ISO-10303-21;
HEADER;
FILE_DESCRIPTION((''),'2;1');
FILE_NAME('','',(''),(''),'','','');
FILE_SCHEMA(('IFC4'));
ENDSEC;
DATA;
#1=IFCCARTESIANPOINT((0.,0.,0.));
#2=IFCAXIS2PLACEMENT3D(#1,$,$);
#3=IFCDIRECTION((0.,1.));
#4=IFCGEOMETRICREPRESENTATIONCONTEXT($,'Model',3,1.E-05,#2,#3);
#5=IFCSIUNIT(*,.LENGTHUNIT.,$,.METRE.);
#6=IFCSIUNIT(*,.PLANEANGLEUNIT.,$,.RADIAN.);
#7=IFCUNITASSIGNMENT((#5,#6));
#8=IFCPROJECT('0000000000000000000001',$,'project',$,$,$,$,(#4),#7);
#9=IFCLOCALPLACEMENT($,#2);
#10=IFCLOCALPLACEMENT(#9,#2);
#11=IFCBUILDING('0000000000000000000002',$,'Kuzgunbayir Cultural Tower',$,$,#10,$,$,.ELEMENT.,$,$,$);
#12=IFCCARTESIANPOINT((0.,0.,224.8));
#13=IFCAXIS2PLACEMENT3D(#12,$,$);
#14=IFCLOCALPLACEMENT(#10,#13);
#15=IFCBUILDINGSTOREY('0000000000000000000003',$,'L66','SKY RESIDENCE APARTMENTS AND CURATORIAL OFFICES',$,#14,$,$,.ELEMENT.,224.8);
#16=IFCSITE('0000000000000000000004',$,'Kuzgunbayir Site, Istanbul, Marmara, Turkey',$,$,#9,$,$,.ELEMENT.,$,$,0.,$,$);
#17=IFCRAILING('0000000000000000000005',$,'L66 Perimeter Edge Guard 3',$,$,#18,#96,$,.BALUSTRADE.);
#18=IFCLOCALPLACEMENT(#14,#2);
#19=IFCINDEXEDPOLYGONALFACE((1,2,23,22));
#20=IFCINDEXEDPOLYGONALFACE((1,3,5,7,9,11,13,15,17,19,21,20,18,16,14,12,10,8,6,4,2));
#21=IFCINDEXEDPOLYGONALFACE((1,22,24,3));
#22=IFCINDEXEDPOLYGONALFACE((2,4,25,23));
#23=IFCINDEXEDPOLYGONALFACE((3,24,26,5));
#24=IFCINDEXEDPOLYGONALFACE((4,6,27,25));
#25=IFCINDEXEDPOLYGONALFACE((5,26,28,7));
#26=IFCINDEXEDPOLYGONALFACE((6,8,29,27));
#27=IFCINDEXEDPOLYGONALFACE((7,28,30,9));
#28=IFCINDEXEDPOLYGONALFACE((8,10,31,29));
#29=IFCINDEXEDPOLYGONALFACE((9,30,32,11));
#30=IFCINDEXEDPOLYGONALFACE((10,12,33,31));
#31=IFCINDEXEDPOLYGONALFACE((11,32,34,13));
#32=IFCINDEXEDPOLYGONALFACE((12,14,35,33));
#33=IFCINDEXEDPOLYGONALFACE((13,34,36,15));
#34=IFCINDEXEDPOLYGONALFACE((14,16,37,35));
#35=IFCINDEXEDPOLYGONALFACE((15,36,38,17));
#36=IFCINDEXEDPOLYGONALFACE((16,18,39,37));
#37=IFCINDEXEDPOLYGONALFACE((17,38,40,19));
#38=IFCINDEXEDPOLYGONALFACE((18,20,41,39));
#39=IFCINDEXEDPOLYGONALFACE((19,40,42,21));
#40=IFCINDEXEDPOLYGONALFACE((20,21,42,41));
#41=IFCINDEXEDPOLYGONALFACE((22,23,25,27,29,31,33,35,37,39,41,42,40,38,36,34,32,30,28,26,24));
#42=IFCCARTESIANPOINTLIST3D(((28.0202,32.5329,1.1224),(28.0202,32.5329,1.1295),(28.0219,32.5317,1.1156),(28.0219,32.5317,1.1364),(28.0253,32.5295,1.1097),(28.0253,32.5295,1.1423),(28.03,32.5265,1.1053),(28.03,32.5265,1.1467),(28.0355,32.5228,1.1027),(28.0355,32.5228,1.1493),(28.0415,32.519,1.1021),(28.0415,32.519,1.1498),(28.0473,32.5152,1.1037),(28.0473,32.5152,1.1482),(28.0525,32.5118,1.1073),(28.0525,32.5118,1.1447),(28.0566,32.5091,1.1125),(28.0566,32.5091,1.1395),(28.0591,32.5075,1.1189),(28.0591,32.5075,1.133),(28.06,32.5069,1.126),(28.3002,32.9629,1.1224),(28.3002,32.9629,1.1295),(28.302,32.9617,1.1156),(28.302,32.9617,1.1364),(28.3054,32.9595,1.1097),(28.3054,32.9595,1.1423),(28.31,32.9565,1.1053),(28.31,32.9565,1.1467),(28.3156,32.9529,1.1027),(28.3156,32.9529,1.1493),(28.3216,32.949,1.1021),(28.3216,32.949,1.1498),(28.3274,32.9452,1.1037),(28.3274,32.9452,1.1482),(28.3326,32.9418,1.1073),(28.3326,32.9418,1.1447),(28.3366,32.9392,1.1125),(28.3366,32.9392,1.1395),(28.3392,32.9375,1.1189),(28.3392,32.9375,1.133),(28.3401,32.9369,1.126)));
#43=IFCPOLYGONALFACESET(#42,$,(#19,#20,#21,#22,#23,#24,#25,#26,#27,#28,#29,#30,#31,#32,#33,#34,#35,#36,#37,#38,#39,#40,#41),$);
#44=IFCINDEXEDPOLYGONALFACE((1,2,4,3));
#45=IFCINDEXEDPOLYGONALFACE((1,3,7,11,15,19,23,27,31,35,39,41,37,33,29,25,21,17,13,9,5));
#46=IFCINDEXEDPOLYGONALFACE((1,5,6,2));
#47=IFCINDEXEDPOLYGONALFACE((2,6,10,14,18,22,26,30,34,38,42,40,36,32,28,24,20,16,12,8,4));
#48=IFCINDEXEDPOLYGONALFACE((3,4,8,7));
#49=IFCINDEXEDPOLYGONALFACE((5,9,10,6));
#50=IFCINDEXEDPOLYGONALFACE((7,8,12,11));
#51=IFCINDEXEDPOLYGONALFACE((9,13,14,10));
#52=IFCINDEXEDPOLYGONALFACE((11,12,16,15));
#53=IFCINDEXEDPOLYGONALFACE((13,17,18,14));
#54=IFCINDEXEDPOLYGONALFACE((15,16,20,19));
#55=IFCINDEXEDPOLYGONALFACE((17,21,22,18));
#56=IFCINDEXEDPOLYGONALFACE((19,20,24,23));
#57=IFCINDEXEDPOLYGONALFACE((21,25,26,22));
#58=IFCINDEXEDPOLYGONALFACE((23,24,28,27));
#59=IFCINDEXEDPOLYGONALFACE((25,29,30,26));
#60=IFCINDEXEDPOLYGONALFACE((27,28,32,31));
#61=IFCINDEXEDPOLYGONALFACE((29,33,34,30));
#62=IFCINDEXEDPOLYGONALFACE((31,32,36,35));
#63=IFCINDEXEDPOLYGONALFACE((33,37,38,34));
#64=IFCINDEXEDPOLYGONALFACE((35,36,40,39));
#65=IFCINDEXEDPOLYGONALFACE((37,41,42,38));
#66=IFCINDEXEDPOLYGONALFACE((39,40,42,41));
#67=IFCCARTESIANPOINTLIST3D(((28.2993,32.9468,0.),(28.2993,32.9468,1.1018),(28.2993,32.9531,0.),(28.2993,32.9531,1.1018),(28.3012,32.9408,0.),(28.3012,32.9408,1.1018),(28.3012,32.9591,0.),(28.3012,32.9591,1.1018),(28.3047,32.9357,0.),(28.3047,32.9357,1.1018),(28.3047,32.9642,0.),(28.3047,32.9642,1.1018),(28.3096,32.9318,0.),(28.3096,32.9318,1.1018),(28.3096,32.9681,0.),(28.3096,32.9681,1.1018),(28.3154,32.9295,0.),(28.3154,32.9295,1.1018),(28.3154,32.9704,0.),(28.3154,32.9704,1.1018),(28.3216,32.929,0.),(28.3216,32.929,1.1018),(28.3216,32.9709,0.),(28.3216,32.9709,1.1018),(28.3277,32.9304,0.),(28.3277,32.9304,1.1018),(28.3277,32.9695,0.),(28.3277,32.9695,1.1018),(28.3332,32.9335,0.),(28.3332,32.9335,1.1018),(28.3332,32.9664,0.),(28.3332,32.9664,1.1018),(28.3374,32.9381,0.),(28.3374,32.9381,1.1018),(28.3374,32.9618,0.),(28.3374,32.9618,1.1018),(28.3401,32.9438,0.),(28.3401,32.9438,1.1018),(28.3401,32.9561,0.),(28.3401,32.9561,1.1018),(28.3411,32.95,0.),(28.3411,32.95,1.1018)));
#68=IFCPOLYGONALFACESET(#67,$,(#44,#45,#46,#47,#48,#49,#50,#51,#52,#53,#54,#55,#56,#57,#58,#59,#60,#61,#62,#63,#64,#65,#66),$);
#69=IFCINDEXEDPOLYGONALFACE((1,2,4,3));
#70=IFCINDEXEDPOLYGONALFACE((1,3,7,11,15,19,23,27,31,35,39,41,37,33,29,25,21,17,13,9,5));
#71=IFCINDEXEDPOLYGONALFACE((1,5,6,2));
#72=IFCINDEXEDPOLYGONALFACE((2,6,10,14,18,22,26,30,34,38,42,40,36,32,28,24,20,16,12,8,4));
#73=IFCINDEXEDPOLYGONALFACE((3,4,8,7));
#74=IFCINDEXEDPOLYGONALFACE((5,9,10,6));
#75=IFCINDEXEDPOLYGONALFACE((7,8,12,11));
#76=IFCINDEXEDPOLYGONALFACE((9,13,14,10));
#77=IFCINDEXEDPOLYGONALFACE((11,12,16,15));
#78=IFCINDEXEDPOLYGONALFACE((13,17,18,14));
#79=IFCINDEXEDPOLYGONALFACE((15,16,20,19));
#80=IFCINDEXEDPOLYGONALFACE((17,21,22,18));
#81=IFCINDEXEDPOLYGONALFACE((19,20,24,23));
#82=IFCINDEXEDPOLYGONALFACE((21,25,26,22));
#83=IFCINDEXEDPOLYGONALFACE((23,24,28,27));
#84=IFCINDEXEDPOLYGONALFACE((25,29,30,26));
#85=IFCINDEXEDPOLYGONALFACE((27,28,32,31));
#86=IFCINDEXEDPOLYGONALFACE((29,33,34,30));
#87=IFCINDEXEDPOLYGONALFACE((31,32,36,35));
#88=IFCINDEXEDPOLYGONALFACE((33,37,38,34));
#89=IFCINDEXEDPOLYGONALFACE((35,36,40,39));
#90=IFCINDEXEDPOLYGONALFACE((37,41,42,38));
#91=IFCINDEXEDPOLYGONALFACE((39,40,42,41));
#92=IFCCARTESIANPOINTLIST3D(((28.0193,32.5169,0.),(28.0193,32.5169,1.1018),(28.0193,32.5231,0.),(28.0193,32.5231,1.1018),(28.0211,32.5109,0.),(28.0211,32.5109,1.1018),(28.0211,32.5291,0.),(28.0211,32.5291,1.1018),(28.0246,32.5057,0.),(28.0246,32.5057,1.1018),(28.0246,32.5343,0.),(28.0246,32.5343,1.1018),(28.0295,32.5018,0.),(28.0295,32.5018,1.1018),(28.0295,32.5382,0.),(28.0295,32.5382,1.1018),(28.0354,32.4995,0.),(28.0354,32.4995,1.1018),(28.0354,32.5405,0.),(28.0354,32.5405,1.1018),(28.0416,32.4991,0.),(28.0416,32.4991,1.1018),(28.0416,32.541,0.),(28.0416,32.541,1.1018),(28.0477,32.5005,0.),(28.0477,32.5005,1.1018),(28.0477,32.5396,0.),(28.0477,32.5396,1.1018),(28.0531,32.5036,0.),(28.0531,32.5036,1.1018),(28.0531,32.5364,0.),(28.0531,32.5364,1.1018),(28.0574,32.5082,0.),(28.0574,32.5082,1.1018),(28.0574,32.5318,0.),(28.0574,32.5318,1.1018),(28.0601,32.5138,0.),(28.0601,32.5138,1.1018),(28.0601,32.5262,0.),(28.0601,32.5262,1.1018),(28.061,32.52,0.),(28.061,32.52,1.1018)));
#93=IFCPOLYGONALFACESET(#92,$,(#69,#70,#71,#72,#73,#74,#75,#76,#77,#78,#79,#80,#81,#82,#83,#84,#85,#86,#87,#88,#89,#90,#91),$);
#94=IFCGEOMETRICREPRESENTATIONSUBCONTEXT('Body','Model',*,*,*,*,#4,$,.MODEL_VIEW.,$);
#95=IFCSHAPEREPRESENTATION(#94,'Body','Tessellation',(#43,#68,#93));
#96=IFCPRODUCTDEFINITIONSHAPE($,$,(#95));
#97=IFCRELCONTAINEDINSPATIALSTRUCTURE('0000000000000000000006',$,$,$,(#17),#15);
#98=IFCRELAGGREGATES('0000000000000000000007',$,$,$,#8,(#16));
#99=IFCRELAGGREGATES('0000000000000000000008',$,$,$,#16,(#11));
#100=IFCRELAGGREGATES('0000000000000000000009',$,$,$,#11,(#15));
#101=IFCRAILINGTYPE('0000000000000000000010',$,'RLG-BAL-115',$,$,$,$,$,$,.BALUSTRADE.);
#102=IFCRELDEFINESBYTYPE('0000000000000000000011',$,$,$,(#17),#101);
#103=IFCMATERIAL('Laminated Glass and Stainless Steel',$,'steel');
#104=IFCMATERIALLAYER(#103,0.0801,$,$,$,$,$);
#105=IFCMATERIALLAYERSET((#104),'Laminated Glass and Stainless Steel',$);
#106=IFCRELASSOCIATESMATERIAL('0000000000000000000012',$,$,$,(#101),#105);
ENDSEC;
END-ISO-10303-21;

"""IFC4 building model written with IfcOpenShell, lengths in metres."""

from ifc_helpers import new_model, si_unit, direction, frame, origin, origin_2d, place, context, subcontext, project, spatial, circle, extrude, material, layer, layer_set, type_object, element, save


model = new_model("IFC4")

# Units and contexts
model_context = context("Model", 3, precision=1e-05, world=origin(), true_north=direction((0.0, 1.0)))
body_context = subcontext(model_context, "Body", "Model", "MODEL_VIEW")
ifc_project = project(units=[si_unit("LENGTHUNIT", "METRE"), si_unit("PLANEANGLEUNIT", "RADIAN")], contexts=[model_context])

# Site, building, storey
site_placement = place(None, origin())
site = spatial("IfcSite", under=ifc_project, at=site_placement, Name="Kuzgunbayir Site, Istanbul, Marmara, Turkey", CompositionType="ELEMENT", RefElevation=0.0)
building_placement = place(site_placement, origin())
building = spatial("IfcBuilding", under=site, at=building_placement, Name="Kuzgunbayir Cultural Tower", CompositionType="ELEMENT")
storey_placement = place(building_placement, frame((0.0, 0.0, 224.8)))
storey = spatial("IfcBuildingStorey", under=building, at=storey_placement, Name="L66", Description="SKY RESIDENCE APARTMENTS AND CURATORIAL OFFICES", CompositionType="ELEMENT", Elevation=224.8)

# Railing
ifc_material_1 = material(Name="Laminated Glass and Stainless Steel", Category="steel")
ifc_layer_1 = layer(ifc_material_1, 0.0801)
ifc_layer_set_1 = layer_set([ifc_layer_1], Name="Laminated Glass and Stainless Steel")
railing_type_1 = type_object("IfcRailingType", Name="RLG-BAL-115", PredefinedType="BALUSTRADE", material=ifc_layer_set_1)
railing_1_placement = place(storey_placement, frame((28.3201, 32.95, 0.0)))
element("IfcRailing", 1, at=railing_1_placement, inside=storey, type_object=railing_type_1, Name="L66 Perimeter Edge Guard 3", PredefinedType="BALUSTRADE", context=body_context, shape_type="SweptSolid", body=[
    extrude(circle(Radius=0.0239, at=origin_2d()), frame((0.0, 0.0, 1.126), z_axis=(-0.545774, -0.837932, 0.0), x_axis=(0.837932, -0.545774, 0.0)), (0.0, 0.0, 1.0), 0.5132),
    extrude(circle(Radius=0.021, at=origin_2d()), origin(), (0.0, 0.0, 1.0), 1.1018),
    extrude(circle(Radius=0.021, at=origin_2d()), frame((-0.28, -0.4299, 0.0)), (0.0, 0.0, 1.0), 1.1018),
])

save(model, "model.ifc")
